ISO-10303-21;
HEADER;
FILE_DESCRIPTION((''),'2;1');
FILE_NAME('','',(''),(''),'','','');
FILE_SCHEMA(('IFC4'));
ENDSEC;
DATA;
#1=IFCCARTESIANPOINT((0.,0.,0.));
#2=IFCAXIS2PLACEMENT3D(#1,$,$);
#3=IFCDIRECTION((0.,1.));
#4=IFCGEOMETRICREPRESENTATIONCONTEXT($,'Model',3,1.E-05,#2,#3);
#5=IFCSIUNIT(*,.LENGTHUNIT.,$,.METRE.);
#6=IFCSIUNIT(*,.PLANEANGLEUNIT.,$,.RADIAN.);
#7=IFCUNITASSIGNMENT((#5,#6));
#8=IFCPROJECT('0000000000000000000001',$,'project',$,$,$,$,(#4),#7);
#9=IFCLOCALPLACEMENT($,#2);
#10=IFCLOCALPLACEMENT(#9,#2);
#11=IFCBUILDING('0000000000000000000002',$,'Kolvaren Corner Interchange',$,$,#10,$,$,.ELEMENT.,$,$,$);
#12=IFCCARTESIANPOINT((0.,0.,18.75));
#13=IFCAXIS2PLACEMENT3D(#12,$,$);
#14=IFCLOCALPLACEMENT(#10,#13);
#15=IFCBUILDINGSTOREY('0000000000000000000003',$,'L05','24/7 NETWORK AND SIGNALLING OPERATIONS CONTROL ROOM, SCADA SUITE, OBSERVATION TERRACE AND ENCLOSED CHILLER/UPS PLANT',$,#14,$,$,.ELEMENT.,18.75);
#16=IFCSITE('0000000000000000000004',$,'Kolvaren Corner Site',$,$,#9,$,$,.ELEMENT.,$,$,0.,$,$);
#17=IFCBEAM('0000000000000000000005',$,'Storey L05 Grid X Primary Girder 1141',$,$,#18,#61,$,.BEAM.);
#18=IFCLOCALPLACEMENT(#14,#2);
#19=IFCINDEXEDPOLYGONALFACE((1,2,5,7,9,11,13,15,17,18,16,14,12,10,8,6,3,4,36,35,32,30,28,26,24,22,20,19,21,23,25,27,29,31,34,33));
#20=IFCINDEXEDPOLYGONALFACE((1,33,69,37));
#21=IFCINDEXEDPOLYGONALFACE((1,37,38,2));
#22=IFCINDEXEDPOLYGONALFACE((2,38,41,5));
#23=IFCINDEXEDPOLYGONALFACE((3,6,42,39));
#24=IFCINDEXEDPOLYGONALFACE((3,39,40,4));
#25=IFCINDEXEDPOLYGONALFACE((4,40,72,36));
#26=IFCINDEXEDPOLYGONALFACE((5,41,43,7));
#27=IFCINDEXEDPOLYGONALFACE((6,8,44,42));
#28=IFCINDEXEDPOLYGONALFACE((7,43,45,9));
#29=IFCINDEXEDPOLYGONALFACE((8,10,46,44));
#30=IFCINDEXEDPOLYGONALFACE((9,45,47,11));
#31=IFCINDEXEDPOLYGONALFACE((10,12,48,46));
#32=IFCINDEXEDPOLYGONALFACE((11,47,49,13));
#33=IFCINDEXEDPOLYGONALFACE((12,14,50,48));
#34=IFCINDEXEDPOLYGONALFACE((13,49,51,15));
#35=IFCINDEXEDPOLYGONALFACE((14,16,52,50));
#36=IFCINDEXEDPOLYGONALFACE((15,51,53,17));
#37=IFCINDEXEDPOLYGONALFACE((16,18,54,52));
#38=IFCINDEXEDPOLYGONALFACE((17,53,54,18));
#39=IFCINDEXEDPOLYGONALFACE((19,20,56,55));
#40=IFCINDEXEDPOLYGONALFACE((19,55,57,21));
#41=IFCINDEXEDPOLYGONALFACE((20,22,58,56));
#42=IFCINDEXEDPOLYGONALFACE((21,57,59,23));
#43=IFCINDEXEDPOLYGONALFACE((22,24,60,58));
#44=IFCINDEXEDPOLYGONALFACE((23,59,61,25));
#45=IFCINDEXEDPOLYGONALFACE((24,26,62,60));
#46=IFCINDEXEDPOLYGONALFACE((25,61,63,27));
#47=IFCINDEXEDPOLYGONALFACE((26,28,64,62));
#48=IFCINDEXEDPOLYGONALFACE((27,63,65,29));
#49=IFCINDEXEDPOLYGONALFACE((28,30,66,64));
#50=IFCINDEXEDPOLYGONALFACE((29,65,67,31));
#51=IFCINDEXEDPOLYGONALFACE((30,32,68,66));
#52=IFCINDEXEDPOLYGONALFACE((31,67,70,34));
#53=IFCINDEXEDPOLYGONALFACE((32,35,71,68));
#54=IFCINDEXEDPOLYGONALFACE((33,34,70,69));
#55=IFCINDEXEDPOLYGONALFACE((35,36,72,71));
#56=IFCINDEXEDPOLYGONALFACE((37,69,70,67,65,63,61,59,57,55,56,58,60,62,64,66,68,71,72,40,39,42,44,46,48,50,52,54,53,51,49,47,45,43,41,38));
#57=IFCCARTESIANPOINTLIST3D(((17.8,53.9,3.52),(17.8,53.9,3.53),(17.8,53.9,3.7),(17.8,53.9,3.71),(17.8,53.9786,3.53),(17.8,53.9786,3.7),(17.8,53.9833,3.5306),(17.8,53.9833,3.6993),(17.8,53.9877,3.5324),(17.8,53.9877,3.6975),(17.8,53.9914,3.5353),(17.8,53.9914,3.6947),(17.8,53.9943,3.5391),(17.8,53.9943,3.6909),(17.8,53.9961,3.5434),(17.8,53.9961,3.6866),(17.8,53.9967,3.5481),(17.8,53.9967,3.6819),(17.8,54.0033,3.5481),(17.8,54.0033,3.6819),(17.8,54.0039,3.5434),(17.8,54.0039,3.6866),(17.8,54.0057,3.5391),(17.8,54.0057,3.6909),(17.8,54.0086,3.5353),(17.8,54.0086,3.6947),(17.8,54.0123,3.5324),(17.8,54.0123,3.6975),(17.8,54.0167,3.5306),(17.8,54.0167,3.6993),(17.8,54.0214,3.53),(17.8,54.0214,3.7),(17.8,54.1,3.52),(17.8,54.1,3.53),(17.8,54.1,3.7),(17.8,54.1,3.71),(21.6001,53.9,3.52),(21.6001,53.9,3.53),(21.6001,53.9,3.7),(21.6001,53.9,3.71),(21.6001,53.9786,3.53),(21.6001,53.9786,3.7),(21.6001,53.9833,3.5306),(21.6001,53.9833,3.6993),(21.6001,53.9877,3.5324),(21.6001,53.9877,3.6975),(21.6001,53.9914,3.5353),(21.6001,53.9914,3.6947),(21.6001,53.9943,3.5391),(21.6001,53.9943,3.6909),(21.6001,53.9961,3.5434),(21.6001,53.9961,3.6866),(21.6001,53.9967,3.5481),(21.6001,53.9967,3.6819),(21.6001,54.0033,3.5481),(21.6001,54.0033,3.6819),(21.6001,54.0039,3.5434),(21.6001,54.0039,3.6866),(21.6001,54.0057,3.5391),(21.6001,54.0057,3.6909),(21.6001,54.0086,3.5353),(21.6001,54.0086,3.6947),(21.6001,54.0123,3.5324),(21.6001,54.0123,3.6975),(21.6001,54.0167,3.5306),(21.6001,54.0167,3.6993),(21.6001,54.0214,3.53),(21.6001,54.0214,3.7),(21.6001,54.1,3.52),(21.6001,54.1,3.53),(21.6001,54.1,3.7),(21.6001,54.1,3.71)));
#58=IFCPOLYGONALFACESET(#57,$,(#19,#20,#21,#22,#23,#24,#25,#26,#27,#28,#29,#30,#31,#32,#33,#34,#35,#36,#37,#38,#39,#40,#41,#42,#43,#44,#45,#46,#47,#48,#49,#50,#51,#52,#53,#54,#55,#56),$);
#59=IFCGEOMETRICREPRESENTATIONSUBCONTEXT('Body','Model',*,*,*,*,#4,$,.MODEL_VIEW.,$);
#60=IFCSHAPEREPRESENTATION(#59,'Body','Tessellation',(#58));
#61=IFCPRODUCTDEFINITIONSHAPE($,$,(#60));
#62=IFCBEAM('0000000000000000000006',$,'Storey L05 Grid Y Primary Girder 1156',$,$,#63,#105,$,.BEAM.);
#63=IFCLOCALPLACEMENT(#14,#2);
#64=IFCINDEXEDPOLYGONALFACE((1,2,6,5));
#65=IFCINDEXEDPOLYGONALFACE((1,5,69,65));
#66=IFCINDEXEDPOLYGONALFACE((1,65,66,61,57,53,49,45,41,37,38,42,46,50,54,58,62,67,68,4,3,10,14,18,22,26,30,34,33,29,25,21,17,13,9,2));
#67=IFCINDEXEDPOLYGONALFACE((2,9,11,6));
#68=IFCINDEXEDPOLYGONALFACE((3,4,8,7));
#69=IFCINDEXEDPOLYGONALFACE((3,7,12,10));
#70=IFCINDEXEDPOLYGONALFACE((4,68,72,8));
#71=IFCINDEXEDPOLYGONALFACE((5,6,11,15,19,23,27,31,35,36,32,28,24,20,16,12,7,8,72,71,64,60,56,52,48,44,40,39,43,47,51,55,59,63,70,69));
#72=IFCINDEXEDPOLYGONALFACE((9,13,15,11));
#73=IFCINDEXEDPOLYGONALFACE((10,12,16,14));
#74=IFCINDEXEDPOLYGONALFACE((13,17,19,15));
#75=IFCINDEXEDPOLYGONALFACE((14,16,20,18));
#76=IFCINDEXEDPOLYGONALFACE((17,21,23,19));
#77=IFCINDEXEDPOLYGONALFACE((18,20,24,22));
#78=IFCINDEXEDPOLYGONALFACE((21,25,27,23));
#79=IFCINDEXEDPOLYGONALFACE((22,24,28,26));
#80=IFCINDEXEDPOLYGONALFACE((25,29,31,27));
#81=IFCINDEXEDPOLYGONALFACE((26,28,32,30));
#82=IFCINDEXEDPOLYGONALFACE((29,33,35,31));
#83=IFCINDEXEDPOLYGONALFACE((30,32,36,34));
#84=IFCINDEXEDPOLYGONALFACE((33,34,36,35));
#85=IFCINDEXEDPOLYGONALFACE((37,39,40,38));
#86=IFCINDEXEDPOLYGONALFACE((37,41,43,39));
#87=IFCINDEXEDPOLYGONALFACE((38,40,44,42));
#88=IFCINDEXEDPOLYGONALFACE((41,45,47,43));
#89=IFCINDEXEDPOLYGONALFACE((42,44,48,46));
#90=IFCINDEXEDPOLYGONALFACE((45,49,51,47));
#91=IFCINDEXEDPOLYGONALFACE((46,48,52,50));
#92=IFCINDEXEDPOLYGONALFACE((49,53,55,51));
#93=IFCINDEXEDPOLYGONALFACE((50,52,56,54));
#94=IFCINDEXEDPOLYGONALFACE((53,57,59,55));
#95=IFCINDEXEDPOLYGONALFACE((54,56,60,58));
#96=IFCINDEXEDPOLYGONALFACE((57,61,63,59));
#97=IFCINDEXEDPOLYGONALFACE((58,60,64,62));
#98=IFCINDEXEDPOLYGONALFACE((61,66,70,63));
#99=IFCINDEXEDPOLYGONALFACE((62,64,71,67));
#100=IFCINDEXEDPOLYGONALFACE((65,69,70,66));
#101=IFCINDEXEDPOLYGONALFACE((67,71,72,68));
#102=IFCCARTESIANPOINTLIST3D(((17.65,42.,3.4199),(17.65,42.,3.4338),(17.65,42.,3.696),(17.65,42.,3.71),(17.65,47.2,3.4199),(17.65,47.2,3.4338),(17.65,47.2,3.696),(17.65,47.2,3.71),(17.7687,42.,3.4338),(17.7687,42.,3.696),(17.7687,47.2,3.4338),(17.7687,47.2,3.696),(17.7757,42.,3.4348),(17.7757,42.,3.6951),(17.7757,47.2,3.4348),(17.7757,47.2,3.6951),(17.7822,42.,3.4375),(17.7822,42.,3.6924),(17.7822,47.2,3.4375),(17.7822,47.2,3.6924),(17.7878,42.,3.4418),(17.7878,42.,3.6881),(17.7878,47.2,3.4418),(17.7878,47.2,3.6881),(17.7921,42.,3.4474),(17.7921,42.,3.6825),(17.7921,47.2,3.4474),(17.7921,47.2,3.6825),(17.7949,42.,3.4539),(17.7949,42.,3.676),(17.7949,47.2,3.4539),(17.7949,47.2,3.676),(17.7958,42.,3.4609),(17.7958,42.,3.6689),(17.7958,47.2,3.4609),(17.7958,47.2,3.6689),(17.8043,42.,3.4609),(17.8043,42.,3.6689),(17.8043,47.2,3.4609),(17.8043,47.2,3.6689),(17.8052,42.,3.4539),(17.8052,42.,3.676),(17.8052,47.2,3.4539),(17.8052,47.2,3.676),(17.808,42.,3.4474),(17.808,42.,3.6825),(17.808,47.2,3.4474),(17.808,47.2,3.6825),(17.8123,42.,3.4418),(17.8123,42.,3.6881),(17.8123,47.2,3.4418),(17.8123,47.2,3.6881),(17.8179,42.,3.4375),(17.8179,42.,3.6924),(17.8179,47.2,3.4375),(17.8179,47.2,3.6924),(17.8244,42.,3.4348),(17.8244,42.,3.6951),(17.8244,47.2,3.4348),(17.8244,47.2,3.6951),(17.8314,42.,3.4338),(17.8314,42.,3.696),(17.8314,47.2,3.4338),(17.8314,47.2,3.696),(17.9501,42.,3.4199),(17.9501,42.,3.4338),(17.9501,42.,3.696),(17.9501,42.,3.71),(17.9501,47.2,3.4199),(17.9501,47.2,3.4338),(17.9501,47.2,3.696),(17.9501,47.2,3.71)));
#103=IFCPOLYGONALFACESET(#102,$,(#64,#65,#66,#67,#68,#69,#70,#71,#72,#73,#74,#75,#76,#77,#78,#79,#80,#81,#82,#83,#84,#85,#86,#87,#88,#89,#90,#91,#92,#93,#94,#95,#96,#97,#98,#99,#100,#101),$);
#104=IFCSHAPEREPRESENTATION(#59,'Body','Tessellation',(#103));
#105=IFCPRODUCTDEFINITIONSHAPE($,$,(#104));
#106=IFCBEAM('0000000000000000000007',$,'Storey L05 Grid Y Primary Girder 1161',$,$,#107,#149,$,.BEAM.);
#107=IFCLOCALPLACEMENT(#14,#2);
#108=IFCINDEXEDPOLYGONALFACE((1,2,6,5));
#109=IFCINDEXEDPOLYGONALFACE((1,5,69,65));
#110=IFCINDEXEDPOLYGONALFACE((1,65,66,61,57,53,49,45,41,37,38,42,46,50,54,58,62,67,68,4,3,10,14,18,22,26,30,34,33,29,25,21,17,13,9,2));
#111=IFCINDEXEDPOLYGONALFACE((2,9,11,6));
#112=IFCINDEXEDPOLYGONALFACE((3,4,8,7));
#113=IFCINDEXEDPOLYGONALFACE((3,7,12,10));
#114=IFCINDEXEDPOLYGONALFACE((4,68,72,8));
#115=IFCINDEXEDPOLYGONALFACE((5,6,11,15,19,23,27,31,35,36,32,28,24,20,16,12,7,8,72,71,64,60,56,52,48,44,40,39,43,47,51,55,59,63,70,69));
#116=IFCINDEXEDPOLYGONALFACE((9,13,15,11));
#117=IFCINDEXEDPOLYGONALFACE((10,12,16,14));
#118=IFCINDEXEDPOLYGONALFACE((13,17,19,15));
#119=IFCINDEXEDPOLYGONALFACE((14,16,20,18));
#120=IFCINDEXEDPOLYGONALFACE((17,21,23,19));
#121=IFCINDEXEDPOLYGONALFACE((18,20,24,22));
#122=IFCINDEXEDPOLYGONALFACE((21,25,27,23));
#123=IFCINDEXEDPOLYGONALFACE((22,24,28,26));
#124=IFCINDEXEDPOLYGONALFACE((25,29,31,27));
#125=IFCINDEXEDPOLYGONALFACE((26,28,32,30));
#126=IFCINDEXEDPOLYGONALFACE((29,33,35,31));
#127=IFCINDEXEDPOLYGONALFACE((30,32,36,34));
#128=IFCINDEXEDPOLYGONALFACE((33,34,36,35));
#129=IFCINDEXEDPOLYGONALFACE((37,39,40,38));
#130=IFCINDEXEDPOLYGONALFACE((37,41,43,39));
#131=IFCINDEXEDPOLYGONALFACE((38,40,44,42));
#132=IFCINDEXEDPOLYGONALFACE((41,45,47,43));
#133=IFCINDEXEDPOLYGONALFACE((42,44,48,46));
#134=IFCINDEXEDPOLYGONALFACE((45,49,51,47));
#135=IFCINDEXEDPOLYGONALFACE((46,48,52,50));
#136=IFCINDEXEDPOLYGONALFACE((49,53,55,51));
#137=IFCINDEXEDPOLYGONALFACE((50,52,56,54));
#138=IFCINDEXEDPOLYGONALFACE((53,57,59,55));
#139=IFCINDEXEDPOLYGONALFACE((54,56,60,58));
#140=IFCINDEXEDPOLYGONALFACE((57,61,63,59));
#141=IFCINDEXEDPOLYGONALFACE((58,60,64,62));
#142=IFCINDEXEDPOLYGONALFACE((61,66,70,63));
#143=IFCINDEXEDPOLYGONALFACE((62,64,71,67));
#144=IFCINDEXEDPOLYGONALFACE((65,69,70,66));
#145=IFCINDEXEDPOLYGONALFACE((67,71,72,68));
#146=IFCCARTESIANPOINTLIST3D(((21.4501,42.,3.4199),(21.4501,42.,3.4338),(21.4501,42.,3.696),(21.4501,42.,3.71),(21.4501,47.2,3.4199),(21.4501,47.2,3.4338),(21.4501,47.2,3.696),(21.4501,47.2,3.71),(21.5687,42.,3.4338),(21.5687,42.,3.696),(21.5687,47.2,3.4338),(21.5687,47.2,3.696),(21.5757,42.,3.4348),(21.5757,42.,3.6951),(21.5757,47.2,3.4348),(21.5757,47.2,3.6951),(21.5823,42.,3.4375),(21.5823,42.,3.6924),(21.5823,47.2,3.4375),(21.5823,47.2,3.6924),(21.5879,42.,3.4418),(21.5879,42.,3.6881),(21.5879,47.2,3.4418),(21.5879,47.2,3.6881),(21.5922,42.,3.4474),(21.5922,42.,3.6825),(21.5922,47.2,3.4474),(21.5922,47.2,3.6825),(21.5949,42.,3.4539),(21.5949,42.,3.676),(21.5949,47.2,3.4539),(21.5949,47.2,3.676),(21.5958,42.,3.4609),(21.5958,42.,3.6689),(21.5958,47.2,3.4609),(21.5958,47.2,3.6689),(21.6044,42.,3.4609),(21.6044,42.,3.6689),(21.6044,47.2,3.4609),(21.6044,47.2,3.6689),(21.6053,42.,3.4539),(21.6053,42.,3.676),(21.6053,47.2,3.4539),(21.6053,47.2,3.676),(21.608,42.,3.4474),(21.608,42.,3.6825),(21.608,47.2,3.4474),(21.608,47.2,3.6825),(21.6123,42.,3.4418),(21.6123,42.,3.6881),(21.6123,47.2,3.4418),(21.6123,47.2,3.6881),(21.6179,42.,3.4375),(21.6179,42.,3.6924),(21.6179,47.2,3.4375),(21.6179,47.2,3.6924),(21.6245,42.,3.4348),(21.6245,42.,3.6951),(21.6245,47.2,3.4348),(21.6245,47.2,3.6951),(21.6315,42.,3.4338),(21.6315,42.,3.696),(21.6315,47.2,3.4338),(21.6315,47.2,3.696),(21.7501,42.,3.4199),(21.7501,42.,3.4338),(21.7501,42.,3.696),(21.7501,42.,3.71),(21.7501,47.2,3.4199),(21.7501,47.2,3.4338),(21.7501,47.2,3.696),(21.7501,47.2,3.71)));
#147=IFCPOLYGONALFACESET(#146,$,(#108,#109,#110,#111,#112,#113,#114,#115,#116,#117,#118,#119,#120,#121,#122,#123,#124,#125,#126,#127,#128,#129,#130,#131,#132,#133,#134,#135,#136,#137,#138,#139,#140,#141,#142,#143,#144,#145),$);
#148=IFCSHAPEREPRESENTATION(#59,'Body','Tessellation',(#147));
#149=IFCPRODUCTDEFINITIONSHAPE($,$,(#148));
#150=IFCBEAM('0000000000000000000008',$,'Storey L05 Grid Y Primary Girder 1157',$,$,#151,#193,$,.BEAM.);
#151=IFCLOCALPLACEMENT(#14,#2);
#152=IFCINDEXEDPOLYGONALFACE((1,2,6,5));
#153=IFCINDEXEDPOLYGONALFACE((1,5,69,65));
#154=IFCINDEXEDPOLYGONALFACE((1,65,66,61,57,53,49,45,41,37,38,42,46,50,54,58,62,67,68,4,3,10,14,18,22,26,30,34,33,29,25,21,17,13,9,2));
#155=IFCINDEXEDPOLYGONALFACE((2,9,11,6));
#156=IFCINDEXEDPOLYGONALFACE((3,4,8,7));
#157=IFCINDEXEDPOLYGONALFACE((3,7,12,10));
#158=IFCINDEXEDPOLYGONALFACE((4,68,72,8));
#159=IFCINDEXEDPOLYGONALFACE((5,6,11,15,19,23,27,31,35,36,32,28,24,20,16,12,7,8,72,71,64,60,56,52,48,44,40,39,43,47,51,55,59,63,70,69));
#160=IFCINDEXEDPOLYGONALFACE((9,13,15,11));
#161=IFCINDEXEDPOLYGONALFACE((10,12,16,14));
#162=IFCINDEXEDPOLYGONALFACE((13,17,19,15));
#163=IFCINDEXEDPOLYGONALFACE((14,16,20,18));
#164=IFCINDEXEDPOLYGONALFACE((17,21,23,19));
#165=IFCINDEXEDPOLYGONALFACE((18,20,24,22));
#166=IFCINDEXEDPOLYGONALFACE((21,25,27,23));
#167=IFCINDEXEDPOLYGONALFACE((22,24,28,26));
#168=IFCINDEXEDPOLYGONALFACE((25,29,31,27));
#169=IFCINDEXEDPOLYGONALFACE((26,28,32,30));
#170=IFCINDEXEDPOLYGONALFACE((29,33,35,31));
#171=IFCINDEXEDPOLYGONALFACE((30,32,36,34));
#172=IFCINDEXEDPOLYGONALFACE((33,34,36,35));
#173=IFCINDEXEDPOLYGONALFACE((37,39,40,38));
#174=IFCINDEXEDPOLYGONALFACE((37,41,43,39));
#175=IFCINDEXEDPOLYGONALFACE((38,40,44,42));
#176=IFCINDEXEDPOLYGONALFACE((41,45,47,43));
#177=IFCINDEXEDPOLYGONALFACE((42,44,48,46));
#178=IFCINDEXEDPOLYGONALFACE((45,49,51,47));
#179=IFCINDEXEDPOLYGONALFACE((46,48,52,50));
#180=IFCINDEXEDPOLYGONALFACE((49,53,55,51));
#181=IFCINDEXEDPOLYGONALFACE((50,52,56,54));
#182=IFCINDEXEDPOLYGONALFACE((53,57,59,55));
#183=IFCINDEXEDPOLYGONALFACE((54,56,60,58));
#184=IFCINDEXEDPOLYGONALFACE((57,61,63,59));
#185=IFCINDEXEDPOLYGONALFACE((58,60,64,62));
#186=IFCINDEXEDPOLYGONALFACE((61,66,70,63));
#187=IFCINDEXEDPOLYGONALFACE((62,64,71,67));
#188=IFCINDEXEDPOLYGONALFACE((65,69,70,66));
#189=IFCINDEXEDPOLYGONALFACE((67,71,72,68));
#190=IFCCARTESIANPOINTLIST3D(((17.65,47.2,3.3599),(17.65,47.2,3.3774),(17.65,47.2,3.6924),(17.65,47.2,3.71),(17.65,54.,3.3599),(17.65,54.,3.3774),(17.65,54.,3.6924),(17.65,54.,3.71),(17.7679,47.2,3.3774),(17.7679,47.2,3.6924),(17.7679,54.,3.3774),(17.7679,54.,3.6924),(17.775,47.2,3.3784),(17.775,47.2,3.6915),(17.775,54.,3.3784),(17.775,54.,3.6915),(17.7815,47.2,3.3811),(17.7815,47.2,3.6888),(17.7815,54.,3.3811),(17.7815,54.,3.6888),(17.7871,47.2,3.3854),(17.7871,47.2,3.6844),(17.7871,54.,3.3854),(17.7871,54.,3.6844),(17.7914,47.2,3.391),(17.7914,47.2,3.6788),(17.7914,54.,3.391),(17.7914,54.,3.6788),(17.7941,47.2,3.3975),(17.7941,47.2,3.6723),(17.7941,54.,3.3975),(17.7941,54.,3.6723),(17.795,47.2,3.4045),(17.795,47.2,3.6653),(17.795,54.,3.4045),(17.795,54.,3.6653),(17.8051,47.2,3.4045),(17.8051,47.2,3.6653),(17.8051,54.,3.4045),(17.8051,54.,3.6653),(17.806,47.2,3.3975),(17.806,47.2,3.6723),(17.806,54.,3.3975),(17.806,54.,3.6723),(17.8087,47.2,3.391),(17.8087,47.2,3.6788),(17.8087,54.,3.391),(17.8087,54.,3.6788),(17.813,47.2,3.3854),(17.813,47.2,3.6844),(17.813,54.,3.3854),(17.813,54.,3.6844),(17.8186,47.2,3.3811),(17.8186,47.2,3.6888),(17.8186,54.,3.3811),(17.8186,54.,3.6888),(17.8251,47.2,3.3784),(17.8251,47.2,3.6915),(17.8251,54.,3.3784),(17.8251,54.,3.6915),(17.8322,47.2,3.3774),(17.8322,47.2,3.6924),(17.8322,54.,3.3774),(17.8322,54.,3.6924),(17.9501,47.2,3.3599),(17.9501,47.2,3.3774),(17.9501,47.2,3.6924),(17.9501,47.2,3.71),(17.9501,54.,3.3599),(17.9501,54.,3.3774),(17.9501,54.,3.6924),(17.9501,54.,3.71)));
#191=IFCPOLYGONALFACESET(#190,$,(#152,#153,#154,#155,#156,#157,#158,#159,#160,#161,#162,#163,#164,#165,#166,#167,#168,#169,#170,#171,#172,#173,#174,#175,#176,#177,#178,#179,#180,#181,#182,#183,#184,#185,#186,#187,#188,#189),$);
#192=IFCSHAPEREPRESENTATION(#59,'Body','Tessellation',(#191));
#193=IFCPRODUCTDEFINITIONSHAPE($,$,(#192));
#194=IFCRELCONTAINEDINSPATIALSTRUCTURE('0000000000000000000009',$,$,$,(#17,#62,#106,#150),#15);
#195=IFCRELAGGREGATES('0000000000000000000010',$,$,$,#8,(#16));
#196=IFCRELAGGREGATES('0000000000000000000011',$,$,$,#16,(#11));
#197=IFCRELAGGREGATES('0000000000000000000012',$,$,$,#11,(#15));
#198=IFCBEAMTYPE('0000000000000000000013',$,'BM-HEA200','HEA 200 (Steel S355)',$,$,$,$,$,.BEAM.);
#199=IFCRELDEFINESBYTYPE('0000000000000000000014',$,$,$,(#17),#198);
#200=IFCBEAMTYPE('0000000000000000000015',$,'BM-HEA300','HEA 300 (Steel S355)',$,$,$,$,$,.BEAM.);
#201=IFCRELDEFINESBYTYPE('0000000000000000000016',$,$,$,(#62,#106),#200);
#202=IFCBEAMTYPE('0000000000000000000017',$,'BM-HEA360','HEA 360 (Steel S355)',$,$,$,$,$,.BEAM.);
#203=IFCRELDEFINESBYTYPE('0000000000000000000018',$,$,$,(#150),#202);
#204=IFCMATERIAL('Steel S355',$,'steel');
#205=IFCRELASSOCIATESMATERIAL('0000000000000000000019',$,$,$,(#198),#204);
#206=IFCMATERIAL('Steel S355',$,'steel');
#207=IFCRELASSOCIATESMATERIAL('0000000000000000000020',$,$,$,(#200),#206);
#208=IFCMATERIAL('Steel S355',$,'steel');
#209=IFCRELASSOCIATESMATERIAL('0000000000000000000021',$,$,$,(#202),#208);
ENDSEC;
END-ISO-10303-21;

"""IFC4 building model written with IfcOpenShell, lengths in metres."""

from ifc_helpers import new_model, si_unit, direction, frame, origin, origin_2d, place, context, subcontext, project, spatial, i_section, extrude, material, material_profile, profile_set, type_object, element, save


model = new_model("IFC4")

# Units and contexts
model_context = context("Model", 3, precision=1e-05, world=origin(), true_north=direction((0.0, 1.0)))
body_context = subcontext(model_context, "Body", "Model", "MODEL_VIEW")
ifc_project = project(units=[si_unit("LENGTHUNIT", "METRE"), si_unit("PLANEANGLEUNIT", "RADIAN")], contexts=[model_context])

# Site, building, storey
site_placement = place(None, origin())
site = spatial("IfcSite", under=ifc_project, at=site_placement, Name="Kolvaren Corner Site", CompositionType="ELEMENT", RefElevation=0.0)
building_placement = place(site_placement, origin())
building = spatial("IfcBuilding", under=site, at=building_placement, Name="Kolvaren Corner Interchange", CompositionType="ELEMENT")
storey_placement = place(building_placement, frame((0.0, 0.0, 18.75)))
storey = spatial("IfcBuildingStorey", under=building, at=storey_placement, Name="L05", Description="24/7 NETWORK AND SIGNALLING OPERATIONS CONTROL ROOM, SCADA SUITE, OBSERVATION TERRACE AND ENCLOSED CHILLER/UPS PLANT", CompositionType="ELEMENT", Elevation=18.75)

# Beams
ifc_material_1 = material(Name="Steel S355", Category="steel")
ifc_material_profile_1 = material_profile(ifc_material_1, i_section(OverallWidth=0.2, OverallDepth=0.1899, WebThickness=0.0066, FlangeThickness=0.01, FilletRadius=0.0181, at=origin_2d()), Name="HEA 200")
ifc_profile_set_1 = profile_set([ifc_material_profile_1], Name="Steel S355")
beam_type_1 = type_object("IfcBeamType", Name="BM-HEA200", Description="HEA 200 (Steel S355)", PredefinedType="BEAM", material=ifc_profile_set_1)
for number, where, z_axis, x_axis, name in (
    (1, (17.8, 54.0, 3.615), (1.0, 0.0, 0.0), (0.0, 1.0, 0.0), "Storey L05 Grid X Primary Girder 1141"),
):
    element("IfcBeam", number, at=place(storey_placement, frame(where, z_axis=z_axis, x_axis=x_axis)), inside=storey, type_object=beam_type_1, Name=name, PredefinedType="BEAM", context=body_context, shape_type="SweptSolid", body=[
        extrude(i_section(OverallWidth=0.2, OverallDepth=0.1899, WebThickness=0.0066, FlangeThickness=0.01, FilletRadius=0.0181, at=origin_2d()), origin(), (0.0, 0.0, 1.0), 3.8),
    ])
ifc_material_2 = material(Name="Steel S355", Category="steel")
ifc_material_profile_2 = material_profile(ifc_material_2, i_section(OverallWidth=0.3, OverallDepth=0.29, WebThickness=0.0085, FlangeThickness=0.0139, FilletRadius=0.0271, at=origin_2d()), Name="HEA 300")
ifc_profile_set_2 = profile_set([ifc_material_profile_2], Name="Steel S355")
beam_type_2 = type_object("IfcBeamType", Name="BM-HEA300", Description="HEA 300 (Steel S355)", PredefinedType="BEAM", material=ifc_profile_set_2)
for number, where, z_axis, x_axis, name in (
    (2, (17.8, 42.0, 3.5649), (0.0, 1.0, 0.0), (-1.0, 0.0, 0.0), "Storey L05 Grid Y Primary Girder 1156"),
    (3, (21.6001, 42.0, 3.5649), (0.0, 1.0, 0.0), (-1.0, 0.0, 0.0), "Storey L05 Grid Y Primary Girder 1161"),
):
    element("IfcBeam", number, at=place(storey_placement, frame(where, z_axis=z_axis, x_axis=x_axis)), inside=storey, type_object=beam_type_2, Name=name, PredefinedType="BEAM", context=body_context, shape_type="SweptSolid", body=[
        extrude(i_section(OverallWidth=0.3, OverallDepth=0.29, WebThickness=0.0085, FlangeThickness=0.0139, FilletRadius=0.0271, at=origin_2d()), origin(), (0.0, 0.0, 1.0), 5.2),
    ])
ifc_material_3 = material(Name="Steel S355", Category="steel")
ifc_material_profile_3 = material_profile(ifc_material_3, i_section(OverallWidth=0.3, OverallDepth=0.3501, WebThickness=0.01, FlangeThickness=0.0176, FilletRadius=0.0271, at=origin_2d()), Name="HEA 360")
ifc_profile_set_3 = profile_set([ifc_material_profile_3], Name="Steel S355")
beam_type_3 = type_object("IfcBeamType", Name="BM-HEA360", Description="HEA 360 (Steel S355)", PredefinedType="BEAM", material=ifc_profile_set_3)
for number, where, z_axis, x_axis, name in (
    (4, (17.8, 47.2, 3.5349), (0.0, 1.0, 0.0), (-1.0, 0.0, 0.0), "Storey L05 Grid Y Primary Girder 1157"),
):
    element("IfcBeam", number, at=place(storey_placement, frame(where, z_axis=z_axis, x_axis=x_axis)), inside=storey, type_object=beam_type_3, Name=name, PredefinedType="BEAM", context=body_context, shape_type="SweptSolid", body=[
        extrude(i_section(OverallWidth=0.3, OverallDepth=0.3501, WebThickness=0.01, FlangeThickness=0.0176, FilletRadius=0.0271, at=origin_2d()), origin(), (0.0, 0.0, 1.0), 6.8),
    ])

save(model, "model.ifc")
